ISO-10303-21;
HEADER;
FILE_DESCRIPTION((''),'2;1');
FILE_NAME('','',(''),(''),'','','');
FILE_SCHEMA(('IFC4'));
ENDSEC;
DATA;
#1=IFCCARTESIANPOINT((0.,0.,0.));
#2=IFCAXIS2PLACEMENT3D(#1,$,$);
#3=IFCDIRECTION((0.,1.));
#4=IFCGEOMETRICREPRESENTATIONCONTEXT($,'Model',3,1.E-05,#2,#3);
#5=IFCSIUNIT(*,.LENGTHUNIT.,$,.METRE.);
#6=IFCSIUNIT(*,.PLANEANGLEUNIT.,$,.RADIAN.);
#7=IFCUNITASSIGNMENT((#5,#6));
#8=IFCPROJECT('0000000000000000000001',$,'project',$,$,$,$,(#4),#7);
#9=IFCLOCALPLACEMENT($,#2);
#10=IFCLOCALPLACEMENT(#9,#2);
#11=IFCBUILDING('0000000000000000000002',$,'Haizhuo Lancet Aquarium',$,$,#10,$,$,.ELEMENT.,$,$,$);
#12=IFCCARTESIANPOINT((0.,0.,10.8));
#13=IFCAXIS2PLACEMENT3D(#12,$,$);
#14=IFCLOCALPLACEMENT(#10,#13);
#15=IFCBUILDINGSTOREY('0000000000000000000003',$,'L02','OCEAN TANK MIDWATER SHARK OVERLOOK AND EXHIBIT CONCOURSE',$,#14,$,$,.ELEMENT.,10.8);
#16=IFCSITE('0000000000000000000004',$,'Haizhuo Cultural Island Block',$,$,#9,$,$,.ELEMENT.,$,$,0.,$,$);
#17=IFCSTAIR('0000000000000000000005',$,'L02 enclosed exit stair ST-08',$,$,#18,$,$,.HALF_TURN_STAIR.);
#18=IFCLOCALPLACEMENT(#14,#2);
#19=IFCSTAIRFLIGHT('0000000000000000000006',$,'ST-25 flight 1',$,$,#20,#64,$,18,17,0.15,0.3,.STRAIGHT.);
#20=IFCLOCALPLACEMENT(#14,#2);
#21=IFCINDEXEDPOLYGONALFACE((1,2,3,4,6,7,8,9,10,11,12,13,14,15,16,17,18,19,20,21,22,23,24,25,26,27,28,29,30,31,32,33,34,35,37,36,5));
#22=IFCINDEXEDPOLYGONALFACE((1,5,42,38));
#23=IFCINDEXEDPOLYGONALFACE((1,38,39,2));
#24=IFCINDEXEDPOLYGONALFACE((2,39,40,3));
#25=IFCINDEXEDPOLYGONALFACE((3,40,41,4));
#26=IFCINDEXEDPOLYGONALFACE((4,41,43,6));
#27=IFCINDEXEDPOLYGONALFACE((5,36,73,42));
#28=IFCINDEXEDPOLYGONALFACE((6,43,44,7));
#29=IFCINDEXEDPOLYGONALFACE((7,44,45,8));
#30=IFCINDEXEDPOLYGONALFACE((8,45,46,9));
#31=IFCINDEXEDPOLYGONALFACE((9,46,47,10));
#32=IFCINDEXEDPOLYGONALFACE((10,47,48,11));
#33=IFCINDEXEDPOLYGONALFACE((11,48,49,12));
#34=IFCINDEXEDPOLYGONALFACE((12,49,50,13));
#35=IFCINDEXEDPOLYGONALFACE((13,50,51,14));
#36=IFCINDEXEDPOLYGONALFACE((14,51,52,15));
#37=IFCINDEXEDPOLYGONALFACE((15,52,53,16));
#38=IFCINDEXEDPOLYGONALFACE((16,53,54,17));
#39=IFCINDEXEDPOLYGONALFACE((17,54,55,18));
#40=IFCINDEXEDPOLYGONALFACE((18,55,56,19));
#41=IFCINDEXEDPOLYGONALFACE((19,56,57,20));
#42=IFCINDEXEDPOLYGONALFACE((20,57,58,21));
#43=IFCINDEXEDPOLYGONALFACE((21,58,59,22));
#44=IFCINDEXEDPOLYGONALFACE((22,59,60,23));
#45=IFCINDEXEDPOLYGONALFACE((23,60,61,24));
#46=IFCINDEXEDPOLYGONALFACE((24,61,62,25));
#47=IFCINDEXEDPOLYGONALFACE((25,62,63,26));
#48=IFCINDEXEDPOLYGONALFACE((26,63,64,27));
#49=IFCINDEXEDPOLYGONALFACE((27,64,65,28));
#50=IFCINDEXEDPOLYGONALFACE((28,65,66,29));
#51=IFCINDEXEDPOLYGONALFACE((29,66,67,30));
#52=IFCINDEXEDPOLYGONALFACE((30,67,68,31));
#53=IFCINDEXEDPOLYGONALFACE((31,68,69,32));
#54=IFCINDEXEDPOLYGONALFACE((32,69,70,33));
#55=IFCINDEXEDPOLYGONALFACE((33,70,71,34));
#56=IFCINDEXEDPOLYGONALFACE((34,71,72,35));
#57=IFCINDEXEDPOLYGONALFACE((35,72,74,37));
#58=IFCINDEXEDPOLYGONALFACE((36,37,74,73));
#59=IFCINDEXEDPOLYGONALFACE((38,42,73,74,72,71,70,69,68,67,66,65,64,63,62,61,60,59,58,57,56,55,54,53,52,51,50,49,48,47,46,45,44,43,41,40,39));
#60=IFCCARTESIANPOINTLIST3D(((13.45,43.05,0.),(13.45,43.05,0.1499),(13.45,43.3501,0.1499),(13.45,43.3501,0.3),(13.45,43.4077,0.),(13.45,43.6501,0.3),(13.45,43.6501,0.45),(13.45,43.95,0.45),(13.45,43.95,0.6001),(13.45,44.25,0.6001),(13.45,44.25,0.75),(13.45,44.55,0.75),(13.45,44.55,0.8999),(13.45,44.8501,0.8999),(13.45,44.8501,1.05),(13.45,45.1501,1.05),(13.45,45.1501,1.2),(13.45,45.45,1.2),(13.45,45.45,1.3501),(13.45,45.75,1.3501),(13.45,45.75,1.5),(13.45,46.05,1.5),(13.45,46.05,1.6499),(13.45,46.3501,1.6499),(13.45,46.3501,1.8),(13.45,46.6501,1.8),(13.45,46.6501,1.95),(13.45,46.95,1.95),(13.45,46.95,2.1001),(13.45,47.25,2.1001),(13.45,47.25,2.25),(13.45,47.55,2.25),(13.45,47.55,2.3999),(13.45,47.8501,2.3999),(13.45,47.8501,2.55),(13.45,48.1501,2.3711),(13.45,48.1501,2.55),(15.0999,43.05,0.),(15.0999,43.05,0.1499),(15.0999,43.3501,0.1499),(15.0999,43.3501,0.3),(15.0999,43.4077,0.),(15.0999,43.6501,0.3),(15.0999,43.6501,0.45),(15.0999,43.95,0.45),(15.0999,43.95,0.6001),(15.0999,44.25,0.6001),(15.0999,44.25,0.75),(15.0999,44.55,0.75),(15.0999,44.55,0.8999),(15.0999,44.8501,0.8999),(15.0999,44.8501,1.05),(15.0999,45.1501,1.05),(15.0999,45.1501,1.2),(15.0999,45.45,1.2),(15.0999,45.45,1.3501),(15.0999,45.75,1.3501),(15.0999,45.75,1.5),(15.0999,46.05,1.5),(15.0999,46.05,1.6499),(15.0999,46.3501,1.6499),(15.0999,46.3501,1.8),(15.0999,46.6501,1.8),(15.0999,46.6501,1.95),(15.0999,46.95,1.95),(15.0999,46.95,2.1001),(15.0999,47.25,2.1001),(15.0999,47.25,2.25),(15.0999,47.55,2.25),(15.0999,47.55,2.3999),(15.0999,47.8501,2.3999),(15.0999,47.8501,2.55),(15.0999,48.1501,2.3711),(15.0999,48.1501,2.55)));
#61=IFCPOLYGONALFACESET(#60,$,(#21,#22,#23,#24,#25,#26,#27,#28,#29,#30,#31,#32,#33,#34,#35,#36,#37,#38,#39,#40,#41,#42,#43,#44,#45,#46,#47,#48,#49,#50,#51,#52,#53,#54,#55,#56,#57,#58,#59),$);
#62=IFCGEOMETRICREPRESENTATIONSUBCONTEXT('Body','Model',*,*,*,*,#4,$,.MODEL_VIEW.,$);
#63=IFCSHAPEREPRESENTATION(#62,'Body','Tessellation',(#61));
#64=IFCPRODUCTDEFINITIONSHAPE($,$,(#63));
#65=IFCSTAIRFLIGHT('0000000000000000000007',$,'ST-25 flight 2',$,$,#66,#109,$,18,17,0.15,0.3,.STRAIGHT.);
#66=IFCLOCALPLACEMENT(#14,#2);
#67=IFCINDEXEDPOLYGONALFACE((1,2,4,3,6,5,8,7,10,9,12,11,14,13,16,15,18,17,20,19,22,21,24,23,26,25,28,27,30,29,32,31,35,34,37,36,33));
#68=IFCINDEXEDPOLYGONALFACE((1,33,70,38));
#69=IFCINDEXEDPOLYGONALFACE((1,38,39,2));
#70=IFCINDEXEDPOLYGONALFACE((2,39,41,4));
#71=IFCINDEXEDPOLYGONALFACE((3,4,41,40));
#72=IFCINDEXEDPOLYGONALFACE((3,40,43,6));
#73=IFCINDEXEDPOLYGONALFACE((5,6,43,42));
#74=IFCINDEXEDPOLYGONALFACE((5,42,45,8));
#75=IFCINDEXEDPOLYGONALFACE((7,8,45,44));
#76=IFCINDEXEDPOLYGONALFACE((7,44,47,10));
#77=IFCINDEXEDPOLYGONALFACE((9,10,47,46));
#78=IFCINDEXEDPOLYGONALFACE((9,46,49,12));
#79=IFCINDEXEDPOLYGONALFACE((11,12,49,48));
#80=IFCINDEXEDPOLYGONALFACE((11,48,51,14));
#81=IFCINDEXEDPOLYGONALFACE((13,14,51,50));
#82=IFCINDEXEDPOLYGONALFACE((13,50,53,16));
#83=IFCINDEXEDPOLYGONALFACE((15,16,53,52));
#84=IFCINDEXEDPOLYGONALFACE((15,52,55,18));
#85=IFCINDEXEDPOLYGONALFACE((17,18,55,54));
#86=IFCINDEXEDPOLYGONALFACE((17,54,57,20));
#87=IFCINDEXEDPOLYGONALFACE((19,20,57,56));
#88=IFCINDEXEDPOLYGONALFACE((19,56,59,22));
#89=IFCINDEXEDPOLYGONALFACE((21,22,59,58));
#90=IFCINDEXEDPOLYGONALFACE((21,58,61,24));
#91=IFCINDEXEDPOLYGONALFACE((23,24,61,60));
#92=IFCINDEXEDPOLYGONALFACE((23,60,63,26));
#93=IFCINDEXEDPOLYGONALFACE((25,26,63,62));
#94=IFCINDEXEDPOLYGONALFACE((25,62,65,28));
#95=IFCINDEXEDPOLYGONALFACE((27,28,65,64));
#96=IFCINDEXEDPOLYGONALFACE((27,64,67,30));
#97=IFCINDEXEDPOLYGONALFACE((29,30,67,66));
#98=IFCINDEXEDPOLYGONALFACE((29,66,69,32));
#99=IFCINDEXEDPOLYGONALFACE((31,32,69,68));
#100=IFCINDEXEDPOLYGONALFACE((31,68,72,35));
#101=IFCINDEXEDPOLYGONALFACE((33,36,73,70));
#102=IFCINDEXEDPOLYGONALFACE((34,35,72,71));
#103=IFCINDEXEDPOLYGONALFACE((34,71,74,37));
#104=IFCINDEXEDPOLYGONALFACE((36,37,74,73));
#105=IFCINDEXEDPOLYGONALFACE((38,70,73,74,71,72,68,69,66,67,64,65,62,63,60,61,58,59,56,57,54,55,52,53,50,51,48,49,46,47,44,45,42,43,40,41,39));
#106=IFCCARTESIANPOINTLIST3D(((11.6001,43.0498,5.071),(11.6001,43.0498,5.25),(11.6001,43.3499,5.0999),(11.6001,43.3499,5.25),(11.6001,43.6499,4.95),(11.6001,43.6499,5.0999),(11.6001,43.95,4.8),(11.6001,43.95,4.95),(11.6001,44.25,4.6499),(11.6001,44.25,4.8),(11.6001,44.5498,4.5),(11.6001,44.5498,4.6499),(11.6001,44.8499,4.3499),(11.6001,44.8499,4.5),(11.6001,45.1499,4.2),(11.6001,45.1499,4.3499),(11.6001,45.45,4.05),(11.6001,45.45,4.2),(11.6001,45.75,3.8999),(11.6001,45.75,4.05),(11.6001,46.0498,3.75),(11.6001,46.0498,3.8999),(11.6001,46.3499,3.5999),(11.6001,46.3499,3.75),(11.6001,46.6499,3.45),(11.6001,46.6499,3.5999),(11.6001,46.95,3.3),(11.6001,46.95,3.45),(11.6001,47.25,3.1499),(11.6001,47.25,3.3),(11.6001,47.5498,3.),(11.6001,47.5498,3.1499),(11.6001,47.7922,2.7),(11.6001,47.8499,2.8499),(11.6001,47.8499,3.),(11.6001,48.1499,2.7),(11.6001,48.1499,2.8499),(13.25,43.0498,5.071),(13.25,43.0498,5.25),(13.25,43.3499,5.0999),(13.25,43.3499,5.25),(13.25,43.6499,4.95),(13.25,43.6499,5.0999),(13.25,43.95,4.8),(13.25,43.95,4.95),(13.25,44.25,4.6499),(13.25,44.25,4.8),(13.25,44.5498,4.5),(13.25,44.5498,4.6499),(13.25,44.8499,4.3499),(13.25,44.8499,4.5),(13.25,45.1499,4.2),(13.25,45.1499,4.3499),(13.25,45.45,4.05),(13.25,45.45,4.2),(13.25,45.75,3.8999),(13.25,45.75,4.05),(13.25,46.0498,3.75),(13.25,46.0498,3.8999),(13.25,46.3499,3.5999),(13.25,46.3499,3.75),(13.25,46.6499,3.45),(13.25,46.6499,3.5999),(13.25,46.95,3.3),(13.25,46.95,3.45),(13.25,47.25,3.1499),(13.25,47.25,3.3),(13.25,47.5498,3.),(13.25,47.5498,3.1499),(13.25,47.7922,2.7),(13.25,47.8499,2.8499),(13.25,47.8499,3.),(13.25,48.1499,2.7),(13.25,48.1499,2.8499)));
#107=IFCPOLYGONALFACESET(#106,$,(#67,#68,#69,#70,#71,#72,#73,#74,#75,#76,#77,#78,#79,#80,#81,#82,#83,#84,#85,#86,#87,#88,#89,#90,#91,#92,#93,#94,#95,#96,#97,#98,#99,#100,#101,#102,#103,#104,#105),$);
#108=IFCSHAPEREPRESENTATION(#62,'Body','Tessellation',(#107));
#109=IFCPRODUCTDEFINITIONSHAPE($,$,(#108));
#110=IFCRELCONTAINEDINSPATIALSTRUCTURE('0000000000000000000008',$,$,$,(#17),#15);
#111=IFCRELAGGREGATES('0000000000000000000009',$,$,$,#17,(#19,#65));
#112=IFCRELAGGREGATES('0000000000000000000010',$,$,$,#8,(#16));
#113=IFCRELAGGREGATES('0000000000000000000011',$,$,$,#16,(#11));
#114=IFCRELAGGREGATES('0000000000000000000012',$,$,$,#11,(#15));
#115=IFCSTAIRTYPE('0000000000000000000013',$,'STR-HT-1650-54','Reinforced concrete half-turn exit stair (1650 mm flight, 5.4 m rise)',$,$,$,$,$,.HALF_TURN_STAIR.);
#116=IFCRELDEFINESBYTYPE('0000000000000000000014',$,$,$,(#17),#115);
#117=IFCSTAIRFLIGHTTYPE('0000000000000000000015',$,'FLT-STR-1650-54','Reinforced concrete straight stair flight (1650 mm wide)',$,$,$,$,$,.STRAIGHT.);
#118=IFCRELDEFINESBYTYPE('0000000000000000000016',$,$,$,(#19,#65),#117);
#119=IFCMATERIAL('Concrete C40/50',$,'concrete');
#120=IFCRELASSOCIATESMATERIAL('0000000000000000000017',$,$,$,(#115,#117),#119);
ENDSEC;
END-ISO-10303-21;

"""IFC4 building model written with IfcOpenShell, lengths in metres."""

from ifc_helpers import new_model, si_unit, direction, frame, origin, place, context, subcontext, project, spatial, polyline, outline, extrude, material, type_object, element, aggregate, save


model = new_model("IFC4")

# Units and contexts
model_context = context("Model", 3, precision=1e-05, world=origin(), true_north=direction((0.0, 1.0)))
body_context = subcontext(model_context, "Body", "Model", "MODEL_VIEW")
ifc_project = project(units=[si_unit("LENGTHUNIT", "METRE"), si_unit("PLANEANGLEUNIT", "RADIAN")], contexts=[model_context])

# Site, building, storey
site_placement = place(None, origin())
site = spatial("IfcSite", under=ifc_project, at=site_placement, Name="Haizhuo Cultural Island Block", CompositionType="ELEMENT", RefElevation=0.0)
building_placement = place(site_placement, origin())
building = spatial("IfcBuilding", under=site, at=building_placement, Name="Haizhuo Lancet Aquarium", CompositionType="ELEMENT")
storey_placement = place(building_placement, frame((0.0, 0.0, 10.8)))
storey = spatial("IfcBuildingStorey", under=building, at=storey_placement, Name="L02", Description="OCEAN TANK MIDWATER SHARK OVERLOOK AND EXHIBIT CONCOURSE", CompositionType="ELEMENT", Elevation=10.8)

# Shared definitions
ifc_material_1 = material(Name="Concrete C40/50", Category="concrete")

# Stair, stair flights
stair_type = type_object("IfcStairType", Name="STR-HT-1650-54", Description="Reinforced concrete half-turn exit stair (1650 mm flight, 5.4 m rise)", PredefinedType="HALF_TURN_STAIR", material=ifc_material_1)
stair_placement = place(storey_placement, origin())
stair = element("IfcStair", 1, at=stair_placement, inside=storey, type_object=stair_type, Name="L02 enclosed exit stair ST-08", PredefinedType="HALF_TURN_STAIR")
stair_flight_type = type_object("IfcStairFlightType", Name="FLT-STR-1650-54", Description="Reinforced concrete straight stair flight (1650 mm wide)", PredefinedType="STRAIGHT", material=ifc_material_1)
stair_flight_1_placement = place(storey_placement, frame((14.2749, 43.05, 0.0), z_axis=(0.0, 0.0, 1.0), x_axis=(0.0, 1.0, 0.0)))
stair_flight_1 = element("IfcStairFlight", 2, at=stair_flight_1_placement, type_object=stair_flight_type, Name="ST-25 flight 1", NumberOfRisers=18, NumberOfTreads=17, PredefinedType="STRAIGHT", RiserHeight=0.15, TreadLength=0.3, context=body_context, shape_type="SweptSolid", body=[
    extrude(outline(polyline([(0.0, 0.0), (0.0, 0.1499), (0.3, 0.1499), (0.3, 0.3), (0.6001, 0.3), (0.6001, 0.45), (0.8999, 0.45), (0.8999, 0.6001), (1.2, 0.6001), (1.2, 0.75), (1.5, 0.75), (1.5, 0.8999), (1.8, 0.8999), (1.8, 1.05), (2.1001, 1.05), (2.1001, 1.2), (2.3999, 1.2), (2.3999, 1.3501), (2.7, 1.3501), (2.7, 1.5), (3.0, 1.5), (3.0, 1.6499), (3.3, 1.6499), (3.3, 1.8), (3.6001, 1.8), (3.6001, 1.95), (3.8999, 1.95), (3.8999, 2.1001), (4.2, 2.1001), (4.2, 2.25), (4.5, 2.25), (4.5, 2.3999), (4.8, 2.3999), (4.8, 2.55), (5.1001, 2.55), (5.1001, 2.7), (5.1001, 2.3711), (0.3577, 0.0), (0.0, 0.0)])), frame((0.0, 0.825, 0.0), z_axis=(0.0, -1.0, 0.0), x_axis=(1.0, 0.0, 0.0)), (0.0, 0.0, 1.0), 1.6499),
])
stair_flight_2_placement = place(storey_placement, frame((12.425, 48.1499, 2.7), z_axis=(0.0, 0.0, 1.0), x_axis=(0.0, -1.0, 0.0)))
stair_flight_2 = element("IfcStairFlight", 3, at=stair_flight_2_placement, type_object=stair_flight_type, Name="ST-25 flight 2", NumberOfRisers=18, NumberOfTreads=17, PredefinedType="STRAIGHT", RiserHeight=0.15, TreadLength=0.3, context=body_context, shape_type="SweptSolid", body=[
    extrude(outline(polyline([(0.0, 0.0), (0.0, 0.1499), (0.3, 0.1499), (0.3, 0.3), (0.6001, 0.3), (0.6001, 0.45), (0.8999, 0.45), (0.8999, 0.6001), (1.2, 0.6001), (1.2, 0.75), (1.5, 0.75), (1.5, 0.8999), (1.8, 0.8999), (1.8, 1.05), (2.1001, 1.05), (2.1001, 1.2), (2.3999, 1.2), (2.3999, 1.3501), (2.7, 1.3501), (2.7, 1.5), (3.0, 1.5), (3.0, 1.6499), (3.3, 1.6499), (3.3, 1.8), (3.6001, 1.8), (3.6001, 1.95), (3.8999, 1.95), (3.8999, 2.1001), (4.2, 2.1001), (4.2, 2.25), (4.5, 2.25), (4.5, 2.3999), (4.8, 2.3999), (4.8, 2.55), (5.1001, 2.55), (5.1001, 2.7), (5.1001, 2.3711), (0.3577, 0.0), (0.0, 0.0)])), frame((0.0, 0.825, 0.0), z_axis=(0.0, -1.0, 0.0), x_axis=(1.0, 0.0, 0.0)), (0.0, 0.0, 1.0), 1.6499),
])
aggregate(stair, [stair_flight_1, stair_flight_2])

save(model, "model.ifc")
